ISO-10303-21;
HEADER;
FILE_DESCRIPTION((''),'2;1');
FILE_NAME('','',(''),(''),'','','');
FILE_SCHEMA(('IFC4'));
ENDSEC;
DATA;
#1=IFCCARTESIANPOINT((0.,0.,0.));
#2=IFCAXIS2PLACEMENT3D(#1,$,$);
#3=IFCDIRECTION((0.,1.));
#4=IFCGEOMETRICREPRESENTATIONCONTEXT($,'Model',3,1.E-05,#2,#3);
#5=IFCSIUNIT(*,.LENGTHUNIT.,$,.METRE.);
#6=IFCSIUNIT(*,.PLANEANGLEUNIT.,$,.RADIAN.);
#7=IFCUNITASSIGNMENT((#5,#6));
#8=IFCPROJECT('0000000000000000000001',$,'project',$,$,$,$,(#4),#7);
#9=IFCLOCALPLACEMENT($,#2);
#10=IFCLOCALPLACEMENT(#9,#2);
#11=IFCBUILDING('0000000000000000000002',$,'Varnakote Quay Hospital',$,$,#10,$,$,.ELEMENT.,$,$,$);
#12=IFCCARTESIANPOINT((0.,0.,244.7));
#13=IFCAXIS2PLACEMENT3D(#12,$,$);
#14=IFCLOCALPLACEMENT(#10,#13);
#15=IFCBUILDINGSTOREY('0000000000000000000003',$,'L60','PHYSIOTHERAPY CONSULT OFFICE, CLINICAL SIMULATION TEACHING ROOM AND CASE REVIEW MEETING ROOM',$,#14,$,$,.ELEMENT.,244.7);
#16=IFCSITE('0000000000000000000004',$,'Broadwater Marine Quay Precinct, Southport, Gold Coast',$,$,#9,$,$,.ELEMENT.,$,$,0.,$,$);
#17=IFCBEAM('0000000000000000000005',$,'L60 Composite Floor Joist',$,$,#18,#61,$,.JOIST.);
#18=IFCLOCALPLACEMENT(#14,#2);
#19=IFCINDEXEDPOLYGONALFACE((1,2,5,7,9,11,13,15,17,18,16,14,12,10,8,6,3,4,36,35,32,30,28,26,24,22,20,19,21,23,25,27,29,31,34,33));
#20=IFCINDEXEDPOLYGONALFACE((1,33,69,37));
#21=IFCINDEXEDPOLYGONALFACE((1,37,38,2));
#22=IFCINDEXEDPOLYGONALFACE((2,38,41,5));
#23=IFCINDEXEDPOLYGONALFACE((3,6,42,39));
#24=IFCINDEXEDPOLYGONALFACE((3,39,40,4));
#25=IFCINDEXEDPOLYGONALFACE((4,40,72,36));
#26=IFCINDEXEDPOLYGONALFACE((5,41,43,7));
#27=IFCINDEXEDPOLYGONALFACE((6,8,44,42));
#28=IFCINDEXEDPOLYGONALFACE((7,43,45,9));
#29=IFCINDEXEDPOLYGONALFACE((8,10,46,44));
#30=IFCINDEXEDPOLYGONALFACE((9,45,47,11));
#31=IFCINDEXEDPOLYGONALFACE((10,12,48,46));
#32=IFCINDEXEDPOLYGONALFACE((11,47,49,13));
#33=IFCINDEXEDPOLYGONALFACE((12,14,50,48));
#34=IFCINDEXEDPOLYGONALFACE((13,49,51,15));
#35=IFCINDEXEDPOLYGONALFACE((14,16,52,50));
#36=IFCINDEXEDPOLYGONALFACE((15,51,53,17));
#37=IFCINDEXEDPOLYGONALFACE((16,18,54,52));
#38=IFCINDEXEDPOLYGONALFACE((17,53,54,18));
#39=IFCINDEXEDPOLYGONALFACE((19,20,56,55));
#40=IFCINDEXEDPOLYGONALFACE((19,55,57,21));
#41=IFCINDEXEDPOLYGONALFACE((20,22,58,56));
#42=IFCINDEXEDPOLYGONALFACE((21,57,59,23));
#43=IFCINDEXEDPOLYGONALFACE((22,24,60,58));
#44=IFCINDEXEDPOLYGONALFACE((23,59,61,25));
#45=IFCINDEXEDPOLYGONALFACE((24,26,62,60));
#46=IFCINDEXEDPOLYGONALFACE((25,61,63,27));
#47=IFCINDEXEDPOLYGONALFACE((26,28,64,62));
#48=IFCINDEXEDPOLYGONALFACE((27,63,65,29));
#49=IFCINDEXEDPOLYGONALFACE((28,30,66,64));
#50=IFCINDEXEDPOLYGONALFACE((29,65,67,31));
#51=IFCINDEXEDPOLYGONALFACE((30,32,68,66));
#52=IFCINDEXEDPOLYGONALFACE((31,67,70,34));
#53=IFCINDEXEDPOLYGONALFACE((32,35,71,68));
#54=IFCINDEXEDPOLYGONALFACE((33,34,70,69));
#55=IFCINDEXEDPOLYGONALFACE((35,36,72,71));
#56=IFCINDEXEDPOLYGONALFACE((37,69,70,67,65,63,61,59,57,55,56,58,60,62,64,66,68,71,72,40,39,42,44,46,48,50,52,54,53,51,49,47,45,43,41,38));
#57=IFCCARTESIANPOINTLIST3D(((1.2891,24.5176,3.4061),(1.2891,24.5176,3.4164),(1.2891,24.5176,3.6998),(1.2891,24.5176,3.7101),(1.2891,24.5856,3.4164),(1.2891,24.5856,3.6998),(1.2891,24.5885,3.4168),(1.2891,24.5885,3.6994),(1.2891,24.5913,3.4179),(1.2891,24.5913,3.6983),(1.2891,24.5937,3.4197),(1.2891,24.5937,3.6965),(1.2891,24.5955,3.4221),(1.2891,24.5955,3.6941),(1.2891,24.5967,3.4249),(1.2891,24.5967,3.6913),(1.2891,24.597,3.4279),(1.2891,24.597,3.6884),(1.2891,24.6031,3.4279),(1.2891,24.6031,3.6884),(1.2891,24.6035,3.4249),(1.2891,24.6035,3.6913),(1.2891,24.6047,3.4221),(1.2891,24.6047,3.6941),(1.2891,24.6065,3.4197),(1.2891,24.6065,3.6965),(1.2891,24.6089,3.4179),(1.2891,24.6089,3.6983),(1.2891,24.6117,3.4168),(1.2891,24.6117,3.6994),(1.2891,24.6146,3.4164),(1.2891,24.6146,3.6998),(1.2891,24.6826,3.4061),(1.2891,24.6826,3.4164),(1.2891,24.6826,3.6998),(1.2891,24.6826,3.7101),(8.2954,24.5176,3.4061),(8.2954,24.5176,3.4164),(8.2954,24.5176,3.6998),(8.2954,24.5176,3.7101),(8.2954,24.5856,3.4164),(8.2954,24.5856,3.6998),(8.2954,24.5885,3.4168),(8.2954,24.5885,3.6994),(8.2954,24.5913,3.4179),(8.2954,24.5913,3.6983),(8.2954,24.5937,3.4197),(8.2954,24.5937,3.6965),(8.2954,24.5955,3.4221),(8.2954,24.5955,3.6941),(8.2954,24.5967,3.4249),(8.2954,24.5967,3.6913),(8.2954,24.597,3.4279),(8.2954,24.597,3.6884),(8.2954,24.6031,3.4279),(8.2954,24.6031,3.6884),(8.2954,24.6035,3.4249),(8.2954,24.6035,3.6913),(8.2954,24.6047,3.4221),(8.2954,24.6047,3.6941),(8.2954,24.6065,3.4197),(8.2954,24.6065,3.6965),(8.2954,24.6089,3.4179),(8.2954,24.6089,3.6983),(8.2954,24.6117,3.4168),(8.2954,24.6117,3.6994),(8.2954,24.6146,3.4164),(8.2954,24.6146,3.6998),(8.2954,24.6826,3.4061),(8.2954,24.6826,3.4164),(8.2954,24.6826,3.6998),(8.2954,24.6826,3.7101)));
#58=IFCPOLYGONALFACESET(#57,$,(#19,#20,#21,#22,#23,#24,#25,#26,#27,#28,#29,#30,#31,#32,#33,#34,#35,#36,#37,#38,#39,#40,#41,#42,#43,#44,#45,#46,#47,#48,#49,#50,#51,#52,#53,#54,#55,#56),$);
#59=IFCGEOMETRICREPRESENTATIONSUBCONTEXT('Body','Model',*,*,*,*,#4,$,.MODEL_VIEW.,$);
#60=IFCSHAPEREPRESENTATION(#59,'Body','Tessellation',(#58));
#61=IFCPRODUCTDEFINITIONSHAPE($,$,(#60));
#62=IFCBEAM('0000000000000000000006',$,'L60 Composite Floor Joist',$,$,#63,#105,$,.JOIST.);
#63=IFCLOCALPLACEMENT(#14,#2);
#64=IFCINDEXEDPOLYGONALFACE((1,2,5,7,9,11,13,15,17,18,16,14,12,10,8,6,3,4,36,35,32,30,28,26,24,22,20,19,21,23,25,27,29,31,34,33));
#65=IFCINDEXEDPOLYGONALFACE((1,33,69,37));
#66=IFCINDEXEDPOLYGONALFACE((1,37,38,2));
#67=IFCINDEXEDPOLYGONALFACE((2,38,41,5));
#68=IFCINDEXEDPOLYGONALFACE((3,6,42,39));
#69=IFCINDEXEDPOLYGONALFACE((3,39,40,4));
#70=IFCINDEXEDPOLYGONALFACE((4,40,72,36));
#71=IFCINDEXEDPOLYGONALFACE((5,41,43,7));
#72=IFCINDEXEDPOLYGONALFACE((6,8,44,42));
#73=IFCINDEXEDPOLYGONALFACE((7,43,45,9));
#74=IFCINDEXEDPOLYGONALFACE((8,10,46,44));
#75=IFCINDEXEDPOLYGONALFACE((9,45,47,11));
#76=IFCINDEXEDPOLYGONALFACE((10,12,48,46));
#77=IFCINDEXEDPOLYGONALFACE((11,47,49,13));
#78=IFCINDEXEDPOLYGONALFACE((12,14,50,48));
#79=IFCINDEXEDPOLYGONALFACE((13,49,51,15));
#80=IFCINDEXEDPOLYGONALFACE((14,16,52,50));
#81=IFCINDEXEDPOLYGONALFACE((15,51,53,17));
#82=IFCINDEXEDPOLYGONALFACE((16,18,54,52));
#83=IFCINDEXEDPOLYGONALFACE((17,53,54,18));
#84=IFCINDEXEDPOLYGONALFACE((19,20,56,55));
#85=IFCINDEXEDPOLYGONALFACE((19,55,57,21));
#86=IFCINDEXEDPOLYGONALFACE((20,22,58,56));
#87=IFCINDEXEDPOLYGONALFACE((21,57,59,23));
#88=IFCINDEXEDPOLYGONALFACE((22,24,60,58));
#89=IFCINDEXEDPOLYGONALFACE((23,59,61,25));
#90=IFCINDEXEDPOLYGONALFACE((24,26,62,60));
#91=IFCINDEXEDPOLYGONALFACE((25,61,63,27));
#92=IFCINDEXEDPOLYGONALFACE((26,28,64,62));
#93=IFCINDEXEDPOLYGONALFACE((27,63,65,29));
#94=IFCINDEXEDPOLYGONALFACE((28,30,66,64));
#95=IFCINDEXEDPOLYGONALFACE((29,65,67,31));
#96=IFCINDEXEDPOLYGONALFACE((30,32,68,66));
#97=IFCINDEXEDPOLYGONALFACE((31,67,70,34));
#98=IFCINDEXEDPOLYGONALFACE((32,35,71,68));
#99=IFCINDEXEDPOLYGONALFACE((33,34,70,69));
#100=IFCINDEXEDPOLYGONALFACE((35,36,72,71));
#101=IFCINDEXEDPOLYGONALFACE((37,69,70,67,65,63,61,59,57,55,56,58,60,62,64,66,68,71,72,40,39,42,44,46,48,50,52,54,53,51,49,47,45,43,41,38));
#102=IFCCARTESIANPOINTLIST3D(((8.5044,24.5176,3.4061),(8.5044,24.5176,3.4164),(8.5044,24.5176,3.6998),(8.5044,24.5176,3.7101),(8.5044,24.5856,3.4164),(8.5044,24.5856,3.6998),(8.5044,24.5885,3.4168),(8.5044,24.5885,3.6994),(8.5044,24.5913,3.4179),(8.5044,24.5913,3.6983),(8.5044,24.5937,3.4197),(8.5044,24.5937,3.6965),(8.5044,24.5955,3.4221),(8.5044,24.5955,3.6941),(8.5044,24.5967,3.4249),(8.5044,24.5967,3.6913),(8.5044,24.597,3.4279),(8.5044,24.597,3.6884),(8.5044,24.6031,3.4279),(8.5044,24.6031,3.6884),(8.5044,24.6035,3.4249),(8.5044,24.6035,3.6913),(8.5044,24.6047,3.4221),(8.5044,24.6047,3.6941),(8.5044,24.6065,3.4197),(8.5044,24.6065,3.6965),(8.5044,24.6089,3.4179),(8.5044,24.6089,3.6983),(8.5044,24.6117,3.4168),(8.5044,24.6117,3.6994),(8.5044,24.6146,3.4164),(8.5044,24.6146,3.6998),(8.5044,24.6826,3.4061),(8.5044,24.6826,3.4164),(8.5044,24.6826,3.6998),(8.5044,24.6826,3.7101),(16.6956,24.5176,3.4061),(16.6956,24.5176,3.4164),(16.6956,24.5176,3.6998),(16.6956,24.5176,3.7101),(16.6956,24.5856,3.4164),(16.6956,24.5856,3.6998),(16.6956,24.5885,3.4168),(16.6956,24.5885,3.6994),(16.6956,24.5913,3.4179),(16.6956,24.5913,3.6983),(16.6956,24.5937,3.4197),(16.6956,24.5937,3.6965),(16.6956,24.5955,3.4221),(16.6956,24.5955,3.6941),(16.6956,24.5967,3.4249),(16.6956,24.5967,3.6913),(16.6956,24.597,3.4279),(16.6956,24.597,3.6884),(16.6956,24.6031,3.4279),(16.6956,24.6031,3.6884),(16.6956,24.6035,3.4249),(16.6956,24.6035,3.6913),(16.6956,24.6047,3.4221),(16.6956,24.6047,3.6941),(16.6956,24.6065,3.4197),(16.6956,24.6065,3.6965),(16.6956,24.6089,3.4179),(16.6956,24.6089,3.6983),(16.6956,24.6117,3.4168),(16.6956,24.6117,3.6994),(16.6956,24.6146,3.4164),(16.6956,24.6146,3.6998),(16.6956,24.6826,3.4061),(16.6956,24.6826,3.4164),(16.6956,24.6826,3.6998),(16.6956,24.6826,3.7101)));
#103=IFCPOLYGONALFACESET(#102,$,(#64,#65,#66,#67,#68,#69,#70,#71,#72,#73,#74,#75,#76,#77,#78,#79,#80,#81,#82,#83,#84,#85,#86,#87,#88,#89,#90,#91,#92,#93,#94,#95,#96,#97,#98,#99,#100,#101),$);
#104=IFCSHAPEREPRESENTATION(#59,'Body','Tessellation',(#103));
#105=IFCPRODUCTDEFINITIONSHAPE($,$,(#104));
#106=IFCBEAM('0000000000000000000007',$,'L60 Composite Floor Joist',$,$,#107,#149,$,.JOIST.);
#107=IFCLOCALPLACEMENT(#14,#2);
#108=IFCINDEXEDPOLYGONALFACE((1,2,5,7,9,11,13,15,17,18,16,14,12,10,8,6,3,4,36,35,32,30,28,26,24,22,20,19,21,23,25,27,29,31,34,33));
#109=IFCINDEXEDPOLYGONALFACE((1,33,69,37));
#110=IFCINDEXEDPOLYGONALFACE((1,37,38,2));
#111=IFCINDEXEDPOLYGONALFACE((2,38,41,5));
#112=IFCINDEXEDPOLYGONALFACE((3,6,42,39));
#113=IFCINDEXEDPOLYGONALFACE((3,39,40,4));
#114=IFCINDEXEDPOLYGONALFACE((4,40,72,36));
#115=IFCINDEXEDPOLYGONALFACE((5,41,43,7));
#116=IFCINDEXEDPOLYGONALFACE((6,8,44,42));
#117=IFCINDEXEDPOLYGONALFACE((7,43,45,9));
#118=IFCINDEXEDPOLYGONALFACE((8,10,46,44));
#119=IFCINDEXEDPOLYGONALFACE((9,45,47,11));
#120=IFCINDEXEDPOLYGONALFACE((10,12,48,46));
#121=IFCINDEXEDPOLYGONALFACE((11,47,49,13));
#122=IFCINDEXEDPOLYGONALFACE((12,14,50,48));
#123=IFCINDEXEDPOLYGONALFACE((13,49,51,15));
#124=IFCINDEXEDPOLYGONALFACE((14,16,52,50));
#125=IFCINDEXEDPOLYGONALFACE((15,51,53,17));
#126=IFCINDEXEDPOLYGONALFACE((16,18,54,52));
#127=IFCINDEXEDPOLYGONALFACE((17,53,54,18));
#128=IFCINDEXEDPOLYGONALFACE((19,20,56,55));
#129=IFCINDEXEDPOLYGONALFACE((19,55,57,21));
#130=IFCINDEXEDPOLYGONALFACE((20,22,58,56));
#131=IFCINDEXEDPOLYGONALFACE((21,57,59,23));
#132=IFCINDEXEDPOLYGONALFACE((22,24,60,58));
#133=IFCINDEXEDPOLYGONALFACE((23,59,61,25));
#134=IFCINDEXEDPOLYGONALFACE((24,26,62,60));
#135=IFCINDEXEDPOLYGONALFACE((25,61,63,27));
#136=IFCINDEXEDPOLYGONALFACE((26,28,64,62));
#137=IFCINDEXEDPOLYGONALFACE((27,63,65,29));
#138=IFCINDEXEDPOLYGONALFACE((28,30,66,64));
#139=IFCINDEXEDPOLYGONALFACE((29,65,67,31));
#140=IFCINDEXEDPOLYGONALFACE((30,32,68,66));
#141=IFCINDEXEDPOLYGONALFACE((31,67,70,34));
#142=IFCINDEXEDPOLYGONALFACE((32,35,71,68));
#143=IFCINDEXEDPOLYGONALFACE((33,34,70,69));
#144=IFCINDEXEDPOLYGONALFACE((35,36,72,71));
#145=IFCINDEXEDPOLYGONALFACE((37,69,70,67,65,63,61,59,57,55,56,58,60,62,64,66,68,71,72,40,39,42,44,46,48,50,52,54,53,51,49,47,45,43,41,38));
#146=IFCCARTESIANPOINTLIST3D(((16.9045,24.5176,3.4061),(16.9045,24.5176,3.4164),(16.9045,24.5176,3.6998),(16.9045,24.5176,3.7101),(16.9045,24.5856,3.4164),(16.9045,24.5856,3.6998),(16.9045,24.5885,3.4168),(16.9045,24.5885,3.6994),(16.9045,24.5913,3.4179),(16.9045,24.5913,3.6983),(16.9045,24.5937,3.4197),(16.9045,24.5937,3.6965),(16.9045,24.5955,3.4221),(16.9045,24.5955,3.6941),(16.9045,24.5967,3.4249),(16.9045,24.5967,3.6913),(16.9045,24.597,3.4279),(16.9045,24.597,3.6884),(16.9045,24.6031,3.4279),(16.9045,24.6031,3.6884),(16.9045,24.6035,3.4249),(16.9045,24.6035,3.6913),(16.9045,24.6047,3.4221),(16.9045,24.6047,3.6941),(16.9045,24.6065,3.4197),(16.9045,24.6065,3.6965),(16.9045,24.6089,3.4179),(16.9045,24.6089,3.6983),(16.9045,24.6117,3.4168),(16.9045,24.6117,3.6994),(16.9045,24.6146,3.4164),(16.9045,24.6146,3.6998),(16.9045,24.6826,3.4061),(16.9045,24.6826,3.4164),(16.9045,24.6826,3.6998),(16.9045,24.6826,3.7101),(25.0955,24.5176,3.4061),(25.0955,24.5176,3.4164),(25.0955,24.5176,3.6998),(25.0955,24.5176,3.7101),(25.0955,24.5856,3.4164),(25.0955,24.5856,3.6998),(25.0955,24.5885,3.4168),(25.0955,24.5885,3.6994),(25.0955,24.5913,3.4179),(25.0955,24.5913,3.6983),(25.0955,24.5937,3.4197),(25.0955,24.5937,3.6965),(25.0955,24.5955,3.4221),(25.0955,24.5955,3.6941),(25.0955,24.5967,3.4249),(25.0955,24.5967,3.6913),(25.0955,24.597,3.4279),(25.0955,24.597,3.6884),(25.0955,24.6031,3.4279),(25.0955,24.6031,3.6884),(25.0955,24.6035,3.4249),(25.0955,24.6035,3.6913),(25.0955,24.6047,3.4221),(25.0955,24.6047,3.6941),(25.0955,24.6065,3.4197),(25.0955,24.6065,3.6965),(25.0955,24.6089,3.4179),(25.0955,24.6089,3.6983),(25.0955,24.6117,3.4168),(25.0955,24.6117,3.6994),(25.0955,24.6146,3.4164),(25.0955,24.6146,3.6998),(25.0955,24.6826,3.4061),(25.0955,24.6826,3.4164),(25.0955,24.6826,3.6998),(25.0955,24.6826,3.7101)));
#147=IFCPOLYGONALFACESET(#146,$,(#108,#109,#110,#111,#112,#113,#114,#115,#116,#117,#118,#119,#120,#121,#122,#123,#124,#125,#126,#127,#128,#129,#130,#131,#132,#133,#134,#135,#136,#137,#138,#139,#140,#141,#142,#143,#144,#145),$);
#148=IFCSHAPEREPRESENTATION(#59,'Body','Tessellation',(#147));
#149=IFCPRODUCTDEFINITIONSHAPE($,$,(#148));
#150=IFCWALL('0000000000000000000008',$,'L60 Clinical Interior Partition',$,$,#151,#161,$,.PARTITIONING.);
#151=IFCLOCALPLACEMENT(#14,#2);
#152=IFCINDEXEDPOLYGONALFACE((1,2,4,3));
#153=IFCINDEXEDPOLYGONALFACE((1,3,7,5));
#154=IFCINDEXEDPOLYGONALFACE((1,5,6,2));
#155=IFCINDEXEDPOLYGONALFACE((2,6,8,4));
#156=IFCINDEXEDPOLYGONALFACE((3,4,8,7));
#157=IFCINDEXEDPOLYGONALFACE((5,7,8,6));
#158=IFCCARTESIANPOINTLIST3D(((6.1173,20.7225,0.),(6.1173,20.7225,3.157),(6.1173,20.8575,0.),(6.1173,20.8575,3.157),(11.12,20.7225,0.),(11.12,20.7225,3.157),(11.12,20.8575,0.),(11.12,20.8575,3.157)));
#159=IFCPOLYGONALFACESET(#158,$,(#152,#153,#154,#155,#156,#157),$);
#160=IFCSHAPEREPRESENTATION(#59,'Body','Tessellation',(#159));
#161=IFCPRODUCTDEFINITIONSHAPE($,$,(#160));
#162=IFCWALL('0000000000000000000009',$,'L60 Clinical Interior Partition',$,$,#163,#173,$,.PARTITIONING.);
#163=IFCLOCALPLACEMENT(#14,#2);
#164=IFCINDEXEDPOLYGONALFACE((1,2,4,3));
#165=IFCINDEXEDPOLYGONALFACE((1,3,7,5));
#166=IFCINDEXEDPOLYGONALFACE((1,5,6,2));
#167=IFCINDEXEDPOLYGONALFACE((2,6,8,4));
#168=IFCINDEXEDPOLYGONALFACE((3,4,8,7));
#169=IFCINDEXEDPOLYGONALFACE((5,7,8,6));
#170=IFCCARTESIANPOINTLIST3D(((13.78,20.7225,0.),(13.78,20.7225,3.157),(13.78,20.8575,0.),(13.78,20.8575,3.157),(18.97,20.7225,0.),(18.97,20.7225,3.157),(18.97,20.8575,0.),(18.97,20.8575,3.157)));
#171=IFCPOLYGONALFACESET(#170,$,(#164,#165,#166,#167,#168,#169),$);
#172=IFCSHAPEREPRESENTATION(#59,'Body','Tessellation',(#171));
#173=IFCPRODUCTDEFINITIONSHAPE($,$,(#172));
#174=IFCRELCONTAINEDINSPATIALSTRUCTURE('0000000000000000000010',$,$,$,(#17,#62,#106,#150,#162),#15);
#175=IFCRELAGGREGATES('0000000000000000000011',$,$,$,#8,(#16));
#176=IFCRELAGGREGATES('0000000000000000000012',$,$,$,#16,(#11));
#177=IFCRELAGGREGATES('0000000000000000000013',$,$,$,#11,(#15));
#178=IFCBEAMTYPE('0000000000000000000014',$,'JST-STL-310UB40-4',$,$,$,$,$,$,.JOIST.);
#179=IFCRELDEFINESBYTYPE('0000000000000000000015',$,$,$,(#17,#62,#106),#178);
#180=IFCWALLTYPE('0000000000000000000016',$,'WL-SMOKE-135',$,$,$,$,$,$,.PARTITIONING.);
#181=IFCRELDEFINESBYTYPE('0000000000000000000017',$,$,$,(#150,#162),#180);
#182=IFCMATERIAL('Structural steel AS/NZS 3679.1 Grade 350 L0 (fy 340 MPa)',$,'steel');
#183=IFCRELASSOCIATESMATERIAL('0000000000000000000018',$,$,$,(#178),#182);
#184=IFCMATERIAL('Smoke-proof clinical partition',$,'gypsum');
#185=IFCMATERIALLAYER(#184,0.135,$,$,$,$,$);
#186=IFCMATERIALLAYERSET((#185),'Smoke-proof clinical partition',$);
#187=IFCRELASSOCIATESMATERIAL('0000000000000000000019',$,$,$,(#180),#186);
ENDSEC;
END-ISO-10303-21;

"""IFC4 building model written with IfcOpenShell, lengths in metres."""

from ifc_helpers import new_model, si_unit, direction, frame, frame_2d, origin, origin_2d, place, context, subcontext, project, spatial, rectangle, i_section, extrude, material, layer, layer_set, material_profile, profile_set, type_object, element, save


model = new_model("IFC4")

# Units and contexts
model_context = context("Model", 3, precision=1e-05, world=origin(), true_north=direction((0.0, 1.0)))
body_context = subcontext(model_context, "Body", "Model", "MODEL_VIEW")
ifc_project = project(units=[si_unit("LENGTHUNIT", "METRE"), si_unit("PLANEANGLEUNIT", "RADIAN")], contexts=[model_context])

# Site, building, storey
site_placement = place(None, origin())
site = spatial("IfcSite", under=ifc_project, at=site_placement, Name="Broadwater Marine Quay Precinct, Southport, Gold Coast", CompositionType="ELEMENT", RefElevation=0.0)
building_placement = place(site_placement, origin())
building = spatial("IfcBuilding", under=site, at=building_placement, Name="Varnakote Quay Hospital", CompositionType="ELEMENT")
storey_placement = place(building_placement, frame((0.0, 0.0, 244.7)))
storey = spatial("IfcBuildingStorey", under=building, at=storey_placement, Name="L60", Description="PHYSIOTHERAPY CONSULT OFFICE, CLINICAL SIMULATION TEACHING ROOM AND CASE REVIEW MEETING ROOM", CompositionType="ELEMENT", Elevation=244.7)

# Beams
ifc_material_1 = material(Name="Structural steel AS/NZS 3679.1 Grade 350 L0 (fy 340 MPa)", Category="steel")
ifc_material_profile_1 = material_profile(ifc_material_1, i_section(OverallWidth=0.165, OverallDepth=0.304, WebThickness=0.0061, FlangeThickness=0.0103, FilletRadius=0.0115, at=origin_2d()), Name="310UB40.4")
ifc_profile_set_1 = profile_set([ifc_material_profile_1], Name="Structural steel AS/NZS 3679.1 Grade 350 L0 (fy 340 MPa)")
beam_type_1 = type_object("IfcBeamType", Name="JST-STL-310UB40-4", PredefinedType="JOIST", material=ifc_profile_set_1)
beam_1_placement = place(storey_placement, frame((1.2891, 24.6001, 3.5581), z_axis=(1.0, 0.0, 0.0), x_axis=(0.0, 1.0, 0.0)))
element("IfcBeam", 1, at=beam_1_placement, inside=storey, type_object=beam_type_1, Name="L60 Composite Floor Joist", PredefinedType="JOIST", context=body_context, shape_type="SweptSolid", body=[
    extrude(i_section(OverallWidth=0.165, OverallDepth=0.304, WebThickness=0.0061, FlangeThickness=0.0103, FilletRadius=0.0115, at=origin_2d()), origin(), (0.0, 0.0, 1.0), 7.0063),
])
beam_2_placement = place(storey_placement, frame((8.5044, 24.6001, 3.5581), z_axis=(1.0, 0.0, 0.0), x_axis=(0.0, 1.0, 0.0)))
element("IfcBeam", 2, at=beam_2_placement, inside=storey, type_object=beam_type_1, Name="L60 Composite Floor Joist", PredefinedType="JOIST", context=body_context, shape_type="SweptSolid", body=[
    extrude(i_section(OverallWidth=0.165, OverallDepth=0.304, WebThickness=0.0061, FlangeThickness=0.0103, FilletRadius=0.0115, at=origin_2d()), origin(), (0.0, 0.0, 1.0), 8.1912),
])
beam_3_placement = place(storey_placement, frame((16.9045, 24.6001, 3.5581), z_axis=(1.0, 0.0, 0.0), x_axis=(0.0, 1.0, 0.0)))
element("IfcBeam", 3, at=beam_3_placement, inside=storey, type_object=beam_type_1, Name="L60 Composite Floor Joist", PredefinedType="JOIST", context=body_context, shape_type="SweptSolid", body=[
    extrude(i_section(OverallWidth=0.165, OverallDepth=0.304, WebThickness=0.0061, FlangeThickness=0.0103, FilletRadius=0.0115, at=origin_2d()), origin(), (0.0, 0.0, 1.0), 8.1909),
])

# Walls
ifc_material_2 = material(Name="Smoke-proof clinical partition", Category="gypsum")
ifc_layer_1 = layer(ifc_material_2, 0.135)
ifc_layer_set_1 = layer_set([ifc_layer_1], Name="Smoke-proof clinical partition")
wall_type_1 = type_object("IfcWallType", Name="WL-SMOKE-135", PredefinedType="PARTITIONING", material=ifc_layer_set_1)
wall_1_placement = place(storey_placement, frame((11.1201, 20.79, 0.0), z_axis=(0.0, 0.0, 1.0), x_axis=(-1.0, 0.0, 0.0)))
element("IfcWall", 4, at=wall_1_placement, inside=storey, type_object=wall_type_1, Name="L60 Clinical Interior Partition", PredefinedType="PARTITIONING", context=body_context, shape_type="SweptSolid", body=[
    extrude(rectangle(XDim=5.0027, YDim=0.135, at=frame_2d((2.5015, 0.0))), origin(), (0.0, 0.0, 1.0), 3.157),
])
wall_2_placement = place(storey_placement, frame((18.97, 20.79, 0.0), z_axis=(0.0, 0.0, 1.0), x_axis=(-1.0, 0.0, 0.0)))
element("IfcWall", 5, at=wall_2_placement, inside=storey, type_object=wall_type_1, Name="L60 Clinical Interior Partition", PredefinedType="PARTITIONING", context=body_context, shape_type="SweptSolid", body=[
    extrude(rectangle(XDim=5.1899, YDim=0.135, at=frame_2d((2.595, 0.0))), origin(), (0.0, 0.0, 1.0), 3.157),
])

save(model, "model.ifc")
